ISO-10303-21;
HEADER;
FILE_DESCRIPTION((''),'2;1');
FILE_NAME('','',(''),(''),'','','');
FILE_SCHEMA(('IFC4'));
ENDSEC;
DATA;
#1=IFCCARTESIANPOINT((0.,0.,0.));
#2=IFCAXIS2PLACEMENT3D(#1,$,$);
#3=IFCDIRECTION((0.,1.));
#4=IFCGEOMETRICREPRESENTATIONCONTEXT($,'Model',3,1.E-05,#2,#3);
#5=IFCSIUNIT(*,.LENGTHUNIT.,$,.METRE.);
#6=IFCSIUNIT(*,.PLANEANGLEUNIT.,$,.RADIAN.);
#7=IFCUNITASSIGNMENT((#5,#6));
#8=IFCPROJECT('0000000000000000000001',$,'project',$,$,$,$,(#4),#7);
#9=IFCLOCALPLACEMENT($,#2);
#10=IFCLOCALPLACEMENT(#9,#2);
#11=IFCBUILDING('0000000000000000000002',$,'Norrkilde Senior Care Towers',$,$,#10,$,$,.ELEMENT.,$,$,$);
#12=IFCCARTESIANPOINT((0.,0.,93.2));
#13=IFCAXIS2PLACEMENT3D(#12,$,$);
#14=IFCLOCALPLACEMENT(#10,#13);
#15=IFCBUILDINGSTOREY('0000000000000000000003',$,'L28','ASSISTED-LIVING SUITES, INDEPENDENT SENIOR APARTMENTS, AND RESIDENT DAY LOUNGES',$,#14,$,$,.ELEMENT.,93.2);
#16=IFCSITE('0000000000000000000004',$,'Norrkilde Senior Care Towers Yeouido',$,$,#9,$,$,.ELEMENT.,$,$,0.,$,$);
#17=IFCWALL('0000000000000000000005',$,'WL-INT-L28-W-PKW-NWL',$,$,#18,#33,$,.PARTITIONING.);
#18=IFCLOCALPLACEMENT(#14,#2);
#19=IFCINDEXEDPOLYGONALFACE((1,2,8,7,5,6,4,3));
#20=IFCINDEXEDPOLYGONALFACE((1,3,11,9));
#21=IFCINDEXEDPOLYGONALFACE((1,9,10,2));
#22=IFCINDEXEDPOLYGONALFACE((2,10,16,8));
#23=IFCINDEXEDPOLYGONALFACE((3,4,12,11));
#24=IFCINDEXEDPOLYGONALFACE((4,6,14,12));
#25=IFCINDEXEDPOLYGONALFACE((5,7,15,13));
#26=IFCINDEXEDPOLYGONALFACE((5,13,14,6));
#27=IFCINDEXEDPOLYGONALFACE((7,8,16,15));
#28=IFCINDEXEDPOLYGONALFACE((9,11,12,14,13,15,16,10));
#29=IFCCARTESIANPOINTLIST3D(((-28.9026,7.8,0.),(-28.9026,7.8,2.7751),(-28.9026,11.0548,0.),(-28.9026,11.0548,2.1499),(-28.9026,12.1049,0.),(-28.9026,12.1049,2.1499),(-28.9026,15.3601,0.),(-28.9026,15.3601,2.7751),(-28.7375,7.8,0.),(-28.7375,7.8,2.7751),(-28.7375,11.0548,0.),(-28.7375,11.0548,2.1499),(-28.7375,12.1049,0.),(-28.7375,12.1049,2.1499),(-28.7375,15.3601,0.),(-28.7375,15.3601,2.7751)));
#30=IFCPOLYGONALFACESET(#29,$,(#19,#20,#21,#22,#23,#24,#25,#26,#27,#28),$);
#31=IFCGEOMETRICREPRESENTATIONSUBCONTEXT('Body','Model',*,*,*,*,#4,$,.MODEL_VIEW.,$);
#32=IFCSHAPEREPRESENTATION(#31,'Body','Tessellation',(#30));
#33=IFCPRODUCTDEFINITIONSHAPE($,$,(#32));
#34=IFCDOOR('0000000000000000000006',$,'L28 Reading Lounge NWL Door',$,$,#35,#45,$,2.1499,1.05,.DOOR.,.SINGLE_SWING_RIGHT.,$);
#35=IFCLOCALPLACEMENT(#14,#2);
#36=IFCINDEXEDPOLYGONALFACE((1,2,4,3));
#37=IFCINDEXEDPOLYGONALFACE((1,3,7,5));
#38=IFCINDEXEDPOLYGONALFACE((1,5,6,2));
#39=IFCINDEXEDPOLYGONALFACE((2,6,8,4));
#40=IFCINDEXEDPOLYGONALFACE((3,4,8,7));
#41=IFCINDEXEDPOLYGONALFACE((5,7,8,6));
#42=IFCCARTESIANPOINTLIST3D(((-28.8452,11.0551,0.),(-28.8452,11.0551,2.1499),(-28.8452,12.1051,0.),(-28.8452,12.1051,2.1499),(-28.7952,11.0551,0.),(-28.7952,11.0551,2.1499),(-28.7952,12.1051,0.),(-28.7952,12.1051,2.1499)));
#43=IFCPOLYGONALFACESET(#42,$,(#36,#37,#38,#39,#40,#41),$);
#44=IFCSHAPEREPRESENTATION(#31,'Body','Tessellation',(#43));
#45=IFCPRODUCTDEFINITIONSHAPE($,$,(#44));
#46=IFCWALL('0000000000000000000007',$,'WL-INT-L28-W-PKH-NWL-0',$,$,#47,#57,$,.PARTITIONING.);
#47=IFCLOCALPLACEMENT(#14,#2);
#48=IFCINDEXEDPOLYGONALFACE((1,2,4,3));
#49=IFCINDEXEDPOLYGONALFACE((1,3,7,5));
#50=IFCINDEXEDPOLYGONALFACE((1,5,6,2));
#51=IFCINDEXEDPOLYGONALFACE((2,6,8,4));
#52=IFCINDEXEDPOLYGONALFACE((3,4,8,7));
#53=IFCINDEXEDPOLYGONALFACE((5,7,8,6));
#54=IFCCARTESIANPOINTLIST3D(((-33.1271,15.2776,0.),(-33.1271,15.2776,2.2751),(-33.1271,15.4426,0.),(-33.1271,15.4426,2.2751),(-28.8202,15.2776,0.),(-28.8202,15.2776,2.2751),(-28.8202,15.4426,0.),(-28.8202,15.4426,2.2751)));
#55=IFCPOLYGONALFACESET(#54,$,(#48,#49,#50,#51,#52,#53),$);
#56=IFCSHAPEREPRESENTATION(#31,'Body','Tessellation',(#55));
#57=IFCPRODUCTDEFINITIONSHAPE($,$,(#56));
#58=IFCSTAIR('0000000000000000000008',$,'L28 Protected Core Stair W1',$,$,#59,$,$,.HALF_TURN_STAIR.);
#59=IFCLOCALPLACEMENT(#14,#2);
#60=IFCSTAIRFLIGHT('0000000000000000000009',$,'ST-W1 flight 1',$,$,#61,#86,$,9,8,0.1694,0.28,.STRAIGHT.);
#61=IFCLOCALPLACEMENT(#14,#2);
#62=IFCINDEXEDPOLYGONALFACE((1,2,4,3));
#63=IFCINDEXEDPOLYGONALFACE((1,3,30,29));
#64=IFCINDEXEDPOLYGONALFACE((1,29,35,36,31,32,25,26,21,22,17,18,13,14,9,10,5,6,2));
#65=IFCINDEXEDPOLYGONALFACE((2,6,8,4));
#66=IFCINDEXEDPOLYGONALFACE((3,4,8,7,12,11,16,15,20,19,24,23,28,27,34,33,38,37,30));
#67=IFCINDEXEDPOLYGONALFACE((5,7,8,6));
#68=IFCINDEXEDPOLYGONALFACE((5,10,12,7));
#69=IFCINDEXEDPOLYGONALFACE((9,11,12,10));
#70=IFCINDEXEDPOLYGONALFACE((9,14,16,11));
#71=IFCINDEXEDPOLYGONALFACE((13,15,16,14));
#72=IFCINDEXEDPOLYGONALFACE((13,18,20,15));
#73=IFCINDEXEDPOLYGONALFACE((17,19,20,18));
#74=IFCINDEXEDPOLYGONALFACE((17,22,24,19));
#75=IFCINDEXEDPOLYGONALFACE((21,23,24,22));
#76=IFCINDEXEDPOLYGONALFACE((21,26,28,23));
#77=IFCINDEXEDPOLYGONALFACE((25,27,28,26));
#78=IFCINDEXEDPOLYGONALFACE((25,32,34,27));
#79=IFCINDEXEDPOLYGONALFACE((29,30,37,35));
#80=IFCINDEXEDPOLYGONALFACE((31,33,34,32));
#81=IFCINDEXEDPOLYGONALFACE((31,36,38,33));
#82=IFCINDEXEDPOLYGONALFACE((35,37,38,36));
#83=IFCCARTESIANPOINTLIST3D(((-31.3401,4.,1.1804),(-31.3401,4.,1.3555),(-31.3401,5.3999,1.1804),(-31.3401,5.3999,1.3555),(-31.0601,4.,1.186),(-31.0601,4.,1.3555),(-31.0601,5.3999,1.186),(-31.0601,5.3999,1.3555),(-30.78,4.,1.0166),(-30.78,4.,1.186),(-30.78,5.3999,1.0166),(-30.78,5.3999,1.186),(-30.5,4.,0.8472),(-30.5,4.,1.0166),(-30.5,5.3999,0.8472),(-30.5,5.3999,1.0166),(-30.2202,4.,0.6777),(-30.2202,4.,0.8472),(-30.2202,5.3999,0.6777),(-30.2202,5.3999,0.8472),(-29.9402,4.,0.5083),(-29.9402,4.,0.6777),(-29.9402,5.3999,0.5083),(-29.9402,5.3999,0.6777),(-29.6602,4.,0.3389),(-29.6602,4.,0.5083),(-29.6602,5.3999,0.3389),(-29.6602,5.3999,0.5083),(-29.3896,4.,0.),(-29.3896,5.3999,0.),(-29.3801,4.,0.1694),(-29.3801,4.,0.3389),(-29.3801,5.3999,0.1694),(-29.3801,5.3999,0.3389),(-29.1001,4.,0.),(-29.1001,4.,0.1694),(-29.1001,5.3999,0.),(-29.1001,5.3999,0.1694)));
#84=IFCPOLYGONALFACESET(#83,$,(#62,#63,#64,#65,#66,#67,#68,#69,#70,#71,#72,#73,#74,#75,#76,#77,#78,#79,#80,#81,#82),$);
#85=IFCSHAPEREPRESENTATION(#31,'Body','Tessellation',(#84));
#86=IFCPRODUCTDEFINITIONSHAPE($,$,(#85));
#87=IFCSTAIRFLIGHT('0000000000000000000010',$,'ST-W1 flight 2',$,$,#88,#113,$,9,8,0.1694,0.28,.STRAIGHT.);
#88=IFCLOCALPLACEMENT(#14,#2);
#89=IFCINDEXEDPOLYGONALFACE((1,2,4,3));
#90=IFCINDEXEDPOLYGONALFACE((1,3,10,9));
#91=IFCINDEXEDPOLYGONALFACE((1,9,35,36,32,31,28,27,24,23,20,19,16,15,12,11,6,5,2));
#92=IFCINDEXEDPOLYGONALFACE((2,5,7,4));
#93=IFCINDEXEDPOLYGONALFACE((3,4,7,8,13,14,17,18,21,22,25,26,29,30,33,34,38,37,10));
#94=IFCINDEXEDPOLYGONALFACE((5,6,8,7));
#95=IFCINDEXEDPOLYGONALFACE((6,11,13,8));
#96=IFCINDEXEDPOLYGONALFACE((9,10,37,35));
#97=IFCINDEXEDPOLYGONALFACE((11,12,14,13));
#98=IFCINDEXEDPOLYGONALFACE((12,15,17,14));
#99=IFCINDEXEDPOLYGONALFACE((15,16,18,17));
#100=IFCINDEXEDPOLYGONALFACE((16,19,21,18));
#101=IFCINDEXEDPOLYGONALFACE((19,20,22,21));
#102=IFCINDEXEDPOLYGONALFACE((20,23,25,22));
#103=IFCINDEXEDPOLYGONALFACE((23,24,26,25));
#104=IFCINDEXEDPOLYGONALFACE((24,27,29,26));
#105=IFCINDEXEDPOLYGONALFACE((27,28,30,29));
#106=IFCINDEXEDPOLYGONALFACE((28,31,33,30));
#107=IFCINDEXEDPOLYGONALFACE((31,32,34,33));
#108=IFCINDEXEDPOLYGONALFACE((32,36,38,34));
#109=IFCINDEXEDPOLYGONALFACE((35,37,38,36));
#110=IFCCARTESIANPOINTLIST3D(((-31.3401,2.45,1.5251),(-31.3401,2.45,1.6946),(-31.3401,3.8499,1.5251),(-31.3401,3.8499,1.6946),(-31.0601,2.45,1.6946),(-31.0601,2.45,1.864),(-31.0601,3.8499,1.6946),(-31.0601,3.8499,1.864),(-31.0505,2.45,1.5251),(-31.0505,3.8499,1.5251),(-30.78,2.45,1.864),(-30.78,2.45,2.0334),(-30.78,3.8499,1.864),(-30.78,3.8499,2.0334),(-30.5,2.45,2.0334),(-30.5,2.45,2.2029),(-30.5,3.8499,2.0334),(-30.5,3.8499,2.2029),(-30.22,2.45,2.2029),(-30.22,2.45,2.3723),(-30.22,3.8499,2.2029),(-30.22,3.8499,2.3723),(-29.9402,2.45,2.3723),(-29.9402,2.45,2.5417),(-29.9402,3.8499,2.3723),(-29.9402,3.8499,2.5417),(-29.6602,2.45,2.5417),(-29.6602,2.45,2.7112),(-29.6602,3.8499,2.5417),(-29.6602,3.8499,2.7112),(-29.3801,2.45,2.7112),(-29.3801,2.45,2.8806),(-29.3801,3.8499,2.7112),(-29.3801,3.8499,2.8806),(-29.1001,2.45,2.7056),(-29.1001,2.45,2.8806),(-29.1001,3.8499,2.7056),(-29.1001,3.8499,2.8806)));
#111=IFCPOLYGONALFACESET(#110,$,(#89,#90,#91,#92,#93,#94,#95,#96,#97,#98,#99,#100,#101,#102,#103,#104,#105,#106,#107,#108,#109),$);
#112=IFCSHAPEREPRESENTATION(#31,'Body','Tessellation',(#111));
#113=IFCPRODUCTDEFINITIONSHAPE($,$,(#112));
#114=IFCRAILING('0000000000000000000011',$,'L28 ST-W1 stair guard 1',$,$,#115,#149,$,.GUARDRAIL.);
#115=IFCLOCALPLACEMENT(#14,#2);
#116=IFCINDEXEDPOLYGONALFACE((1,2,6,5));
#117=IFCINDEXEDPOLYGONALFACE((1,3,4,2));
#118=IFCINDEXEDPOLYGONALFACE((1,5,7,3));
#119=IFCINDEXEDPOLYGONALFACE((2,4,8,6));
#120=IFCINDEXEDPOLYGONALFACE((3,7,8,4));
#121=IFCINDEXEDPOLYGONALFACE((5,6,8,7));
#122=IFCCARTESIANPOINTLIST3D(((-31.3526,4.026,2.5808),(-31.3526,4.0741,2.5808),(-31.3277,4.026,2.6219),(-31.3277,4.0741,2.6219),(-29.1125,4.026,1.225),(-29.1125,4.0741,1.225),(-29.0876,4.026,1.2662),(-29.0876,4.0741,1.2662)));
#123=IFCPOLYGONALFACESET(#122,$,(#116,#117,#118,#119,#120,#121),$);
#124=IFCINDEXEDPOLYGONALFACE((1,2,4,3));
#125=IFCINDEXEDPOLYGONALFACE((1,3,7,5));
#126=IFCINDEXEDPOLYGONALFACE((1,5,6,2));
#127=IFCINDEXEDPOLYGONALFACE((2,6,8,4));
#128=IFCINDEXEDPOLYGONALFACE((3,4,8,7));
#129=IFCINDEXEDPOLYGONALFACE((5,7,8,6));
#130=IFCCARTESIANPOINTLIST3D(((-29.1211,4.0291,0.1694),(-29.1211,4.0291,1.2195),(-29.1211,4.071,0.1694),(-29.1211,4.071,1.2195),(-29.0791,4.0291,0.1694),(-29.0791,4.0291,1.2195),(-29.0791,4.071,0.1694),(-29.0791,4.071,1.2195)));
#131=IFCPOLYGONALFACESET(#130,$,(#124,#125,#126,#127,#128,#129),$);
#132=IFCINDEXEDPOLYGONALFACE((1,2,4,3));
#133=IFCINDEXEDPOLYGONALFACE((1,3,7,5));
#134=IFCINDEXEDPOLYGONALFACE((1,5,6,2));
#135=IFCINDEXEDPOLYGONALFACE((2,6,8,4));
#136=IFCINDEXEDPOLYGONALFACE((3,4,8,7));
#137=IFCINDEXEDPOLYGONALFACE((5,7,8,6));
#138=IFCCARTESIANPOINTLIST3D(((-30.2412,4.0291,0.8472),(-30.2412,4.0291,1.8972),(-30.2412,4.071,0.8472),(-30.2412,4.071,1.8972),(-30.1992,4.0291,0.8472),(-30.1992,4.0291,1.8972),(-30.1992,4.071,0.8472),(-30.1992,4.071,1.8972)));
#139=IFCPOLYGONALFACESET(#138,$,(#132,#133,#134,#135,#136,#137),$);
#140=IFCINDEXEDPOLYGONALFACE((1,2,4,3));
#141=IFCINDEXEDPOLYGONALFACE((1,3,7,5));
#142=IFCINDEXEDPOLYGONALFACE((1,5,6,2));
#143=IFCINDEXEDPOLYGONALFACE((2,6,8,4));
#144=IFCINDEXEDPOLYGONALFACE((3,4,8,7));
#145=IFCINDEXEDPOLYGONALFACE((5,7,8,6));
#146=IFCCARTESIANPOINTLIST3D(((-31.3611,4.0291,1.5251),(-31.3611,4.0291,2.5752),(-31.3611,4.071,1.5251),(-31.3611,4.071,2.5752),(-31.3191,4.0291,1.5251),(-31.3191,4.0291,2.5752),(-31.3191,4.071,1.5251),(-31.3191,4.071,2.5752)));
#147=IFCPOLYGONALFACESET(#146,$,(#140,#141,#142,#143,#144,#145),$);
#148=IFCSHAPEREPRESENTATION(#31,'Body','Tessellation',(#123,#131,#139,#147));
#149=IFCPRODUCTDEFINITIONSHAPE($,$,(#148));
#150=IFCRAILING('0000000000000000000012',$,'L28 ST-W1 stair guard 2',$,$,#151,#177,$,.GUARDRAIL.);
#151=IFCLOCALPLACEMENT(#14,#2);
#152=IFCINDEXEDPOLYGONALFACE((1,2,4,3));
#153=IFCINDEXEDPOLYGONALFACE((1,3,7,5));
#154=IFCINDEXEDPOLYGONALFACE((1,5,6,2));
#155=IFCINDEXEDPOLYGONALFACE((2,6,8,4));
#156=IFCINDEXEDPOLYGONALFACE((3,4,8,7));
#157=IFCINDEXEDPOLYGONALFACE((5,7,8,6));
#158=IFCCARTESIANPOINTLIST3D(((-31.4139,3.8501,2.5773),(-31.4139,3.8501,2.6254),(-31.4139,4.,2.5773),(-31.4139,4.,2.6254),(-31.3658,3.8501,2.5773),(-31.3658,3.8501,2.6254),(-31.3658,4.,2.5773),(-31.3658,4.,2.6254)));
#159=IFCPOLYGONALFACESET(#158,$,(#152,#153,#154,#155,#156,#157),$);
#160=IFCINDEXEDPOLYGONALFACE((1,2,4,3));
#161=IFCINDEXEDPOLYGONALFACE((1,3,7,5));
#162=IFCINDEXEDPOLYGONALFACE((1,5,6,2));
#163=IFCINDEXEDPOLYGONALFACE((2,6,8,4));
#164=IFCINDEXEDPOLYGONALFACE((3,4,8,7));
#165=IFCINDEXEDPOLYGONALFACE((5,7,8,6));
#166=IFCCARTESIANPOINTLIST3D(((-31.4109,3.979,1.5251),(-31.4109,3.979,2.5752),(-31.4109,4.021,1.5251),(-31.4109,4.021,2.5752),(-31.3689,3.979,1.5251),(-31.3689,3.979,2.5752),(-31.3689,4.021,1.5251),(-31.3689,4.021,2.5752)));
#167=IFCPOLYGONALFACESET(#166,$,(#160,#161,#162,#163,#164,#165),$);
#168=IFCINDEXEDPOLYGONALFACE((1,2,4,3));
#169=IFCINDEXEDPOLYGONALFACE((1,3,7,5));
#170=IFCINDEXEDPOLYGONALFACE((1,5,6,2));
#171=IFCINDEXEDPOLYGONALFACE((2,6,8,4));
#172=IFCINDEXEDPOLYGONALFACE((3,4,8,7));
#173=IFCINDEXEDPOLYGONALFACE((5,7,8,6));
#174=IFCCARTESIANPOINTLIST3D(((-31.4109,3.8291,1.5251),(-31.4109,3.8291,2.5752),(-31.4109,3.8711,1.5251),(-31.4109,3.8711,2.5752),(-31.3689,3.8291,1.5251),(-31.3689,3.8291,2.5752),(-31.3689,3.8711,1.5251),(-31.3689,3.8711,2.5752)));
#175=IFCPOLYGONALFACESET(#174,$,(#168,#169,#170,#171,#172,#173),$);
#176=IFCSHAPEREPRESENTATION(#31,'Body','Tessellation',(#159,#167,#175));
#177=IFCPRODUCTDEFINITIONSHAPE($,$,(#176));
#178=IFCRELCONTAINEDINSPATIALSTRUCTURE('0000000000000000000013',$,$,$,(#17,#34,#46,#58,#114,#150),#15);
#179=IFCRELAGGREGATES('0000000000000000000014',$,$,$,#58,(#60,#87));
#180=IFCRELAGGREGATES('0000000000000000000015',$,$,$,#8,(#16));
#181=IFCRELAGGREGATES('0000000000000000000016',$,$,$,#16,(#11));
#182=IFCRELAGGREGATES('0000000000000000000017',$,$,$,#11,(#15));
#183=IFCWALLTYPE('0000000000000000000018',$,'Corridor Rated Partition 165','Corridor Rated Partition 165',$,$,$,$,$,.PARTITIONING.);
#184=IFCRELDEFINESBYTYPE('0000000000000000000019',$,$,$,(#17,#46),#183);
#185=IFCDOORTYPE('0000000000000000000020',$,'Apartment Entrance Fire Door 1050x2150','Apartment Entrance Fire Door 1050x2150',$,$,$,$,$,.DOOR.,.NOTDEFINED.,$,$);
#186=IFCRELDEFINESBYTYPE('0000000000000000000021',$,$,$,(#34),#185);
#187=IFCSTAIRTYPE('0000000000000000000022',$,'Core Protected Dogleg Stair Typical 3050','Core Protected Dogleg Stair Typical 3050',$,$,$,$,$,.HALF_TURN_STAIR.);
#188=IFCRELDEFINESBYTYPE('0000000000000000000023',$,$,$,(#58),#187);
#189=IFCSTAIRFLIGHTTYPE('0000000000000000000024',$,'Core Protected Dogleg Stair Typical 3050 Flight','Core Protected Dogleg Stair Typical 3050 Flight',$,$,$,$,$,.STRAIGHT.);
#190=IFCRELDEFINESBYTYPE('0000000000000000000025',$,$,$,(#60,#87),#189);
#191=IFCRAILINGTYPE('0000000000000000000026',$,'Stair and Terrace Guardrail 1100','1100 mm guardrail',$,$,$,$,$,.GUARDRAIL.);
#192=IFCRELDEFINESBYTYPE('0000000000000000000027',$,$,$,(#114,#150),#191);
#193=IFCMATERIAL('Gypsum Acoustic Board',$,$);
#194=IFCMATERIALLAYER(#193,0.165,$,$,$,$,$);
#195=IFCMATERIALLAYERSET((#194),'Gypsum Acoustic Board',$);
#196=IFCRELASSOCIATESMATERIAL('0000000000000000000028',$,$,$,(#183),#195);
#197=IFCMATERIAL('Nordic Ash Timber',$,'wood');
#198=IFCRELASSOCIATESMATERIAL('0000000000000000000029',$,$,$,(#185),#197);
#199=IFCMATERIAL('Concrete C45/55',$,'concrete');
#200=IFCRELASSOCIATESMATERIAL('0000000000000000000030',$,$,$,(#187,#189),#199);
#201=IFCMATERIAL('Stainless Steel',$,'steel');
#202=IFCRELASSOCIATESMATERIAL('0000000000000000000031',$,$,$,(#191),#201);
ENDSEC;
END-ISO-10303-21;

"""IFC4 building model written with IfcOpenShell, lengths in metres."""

from ifc_helpers import new_model, si_unit, direction, frame, frame_2d, origin, origin_2d, place, context, subcontext, project, spatial, polyline, rectangle, outline, extrude, source, transform, mapped, material, layer, layer_set, type_object, type_shapes, element, fill, aggregate, save


model = new_model("IFC4")

# Units and contexts
model_context = context("Model", 3, precision=1e-05, world=origin(), true_north=direction((0.0, 1.0)))
body_context = subcontext(model_context, "Body", "Model", "MODEL_VIEW")
ifc_project = project(units=[si_unit("LENGTHUNIT", "METRE"), si_unit("PLANEANGLEUNIT", "RADIAN")], contexts=[model_context])

# Site, building, storey
site_placement = place(None, origin())
site = spatial("IfcSite", under=ifc_project, at=site_placement, Name="Norrkilde Senior Care Towers Yeouido", CompositionType="ELEMENT", RefElevation=0.0)
building_placement = place(site_placement, origin())
building = spatial("IfcBuilding", under=site, at=building_placement, Name="Norrkilde Senior Care Towers", CompositionType="ELEMENT")
storey_placement = place(building_placement, frame((0.0, 0.0, 93.2)))
storey = spatial("IfcBuildingStorey", under=building, at=storey_placement, Name="L28", Description="ASSISTED-LIVING SUITES, INDEPENDENT SENIOR APARTMENTS, AND RESIDENT DAY LOUNGES", CompositionType="ELEMENT", Elevation=93.2)

# Shared definitions
ifc_material_1 = material(Name="Concrete C45/55", Category="concrete")

# Shared definitions
ifc_material_2 = material(Name="Gypsum Acoustic Board")
ifc_layer_1 = layer(ifc_material_2, 0.165)
ifc_layer_set_1 = layer_set([ifc_layer_1], Name="Gypsum Acoustic Board")
wall_type_1 = type_object("IfcWallType", Name="Corridor Rated Partition 165", Description="Corridor Rated Partition 165", PredefinedType="PARTITIONING", material=ifc_layer_set_1)

# Wall, opening, door
shared_shape_1 = source(origin(), body_context, "Body", "SweptSolid", [
    extrude(rectangle(XDim=7.5601, YDim=0.165, at=frame_2d((3.78, 0.0))), origin(), (0.0, 0.0, 1.0), 2.7751),
])
wall_1_placement = place(storey_placement, frame((-28.8201, 7.8, 0.0), z_axis=(0.0, 0.0, 1.0), x_axis=(0.0, 1.0, 0.0)))
wall_1 = element("IfcWall", 1, at=wall_1_placement, inside=storey, type_object=wall_type_1, Name="WL-INT-L28-W-PKW-NWL", PredefinedType="PARTITIONING", context=body_context, shape_type="MappedRepresentation", body=[
    mapped(shared_shape_1, transform((0.0, 0.0, 0.0), x_axis=(1.0, 0.0, 0.0), y_axis=(0.0, 1.0, 0.0), z_axis=(0.0, 0.0, 1.0), scale=1.0)),
])
opening_1_placement = place(wall_1_placement, frame((3.2549, 0.0, 0.0)))
opening_1 = element("IfcOpeningElement", 2, at=opening_1_placement, cuts=wall_1, PredefinedType="OPENING", context=body_context, shape_type="SweptSolid", body=[
    extrude(rectangle(XDim=1.05, YDim=2.1499, at=frame_2d((0.5249, 1.075))), frame((0.0, 0.0925, 0.0), z_axis=(0.0, -1.0, 0.0), x_axis=(1.0, 0.0, 0.0)), (0.0, 0.0, 1.0), 0.1851),
])
ifc_material_3 = material(Name="Nordic Ash Timber", Category="wood")
door_type_1 = type_object("IfcDoorType", Name="Apartment Entrance Fire Door 1050x2150", Description="Apartment Entrance Fire Door 1050x2150", OperationType="NOTDEFINED", PredefinedType="DOOR", material=ifc_material_3)
shared_shape_2 = source(origin(), body_context, "Body", "SweptSolid", [
    extrude(rectangle(XDim=1.05, YDim=2.1499, at=frame_2d((0.5249, 1.075))), frame((0.0, 0.0249, 0.0), z_axis=(0.0, -1.0, 0.0), x_axis=(1.0, 0.0, 0.0)), (0.0, 0.0, 1.0), 0.05),
])
type_shapes(door_type_1, [shared_shape_2])
door_1_placement = place(opening_1_placement, frame((1.05, 0.0, 0.0), z_axis=(0.0, 0.0, 1.0), x_axis=(-1.0, 0.0, 0.0)))
door_1 = element("IfcDoor", 3, at=door_1_placement, inside=storey, type_object=door_type_1, Name="L28 Reading Lounge NWL Door", OperationType="SINGLE_SWING_RIGHT", OverallHeight=2.1499, OverallWidth=1.05, PredefinedType="DOOR", context=body_context, shape_type="MappedRepresentation", body=[
    mapped(shared_shape_2, transform((0.0, 0.0, 0.0), x_axis=(1.0, 0.0, 0.0), y_axis=(0.0, 1.0, 0.0), z_axis=(0.0, 0.0, 1.0), scale=1.0)),
])
fill(opening_1, door_1)

# Wall
shared_shape_3 = source(origin(), body_context, "Body", "SweptSolid", [
    extrude(rectangle(XDim=4.3069, YDim=0.165, at=frame_2d((2.1533, 0.0))), origin(), (0.0, 0.0, 1.0), 2.2751),
])
wall_2_placement = place(storey_placement, frame((-33.127, 15.3601, 0.0), z_axis=(0.0, 0.0, 1.0), x_axis=(1.0, 0.0, 0.0)))
element("IfcWall", 4, at=wall_2_placement, inside=storey, type_object=wall_type_1, Name="WL-INT-L28-W-PKH-NWL-0", PredefinedType="PARTITIONING", context=body_context, shape_type="MappedRepresentation", body=[
    mapped(shared_shape_3, transform((0.0, 0.0, 0.0), x_axis=(1.0, 0.0, 0.0), y_axis=(0.0, 1.0, 0.0), z_axis=(0.0, 0.0, 1.0), scale=1.0)),
])

# Stair, stair flights
stair_type = type_object("IfcStairType", Name="Core Protected Dogleg Stair Typical 3050", Description="Core Protected Dogleg Stair Typical 3050", PredefinedType="HALF_TURN_STAIR", material=ifc_material_1)
stair_placement = place(storey_placement, origin())
stair = element("IfcStair", 5, at=stair_placement, inside=storey, type_object=stair_type, Name="L28 Protected Core Stair W1", PredefinedType="HALF_TURN_STAIR")
stair_flight_type = type_object("IfcStairFlightType", Name="Core Protected Dogleg Stair Typical 3050 Flight", Description="Core Protected Dogleg Stair Typical 3050 Flight", PredefinedType="STRAIGHT", material=ifc_material_1)
stair_flight_1_placement = place(storey_placement, frame((-29.1001, 4.7, 0.0), z_axis=(0.0, 0.0, 1.0), x_axis=(-1.0, 0.0, 0.0)))
stair_flight_1 = element("IfcStairFlight", 6, at=stair_flight_1_placement, type_object=stair_flight_type, Name="ST-W1 flight 1", NumberOfRisers=9, NumberOfTreads=8, PredefinedType="STRAIGHT", RiserHeight=0.1694, TreadLength=0.28, context=body_context, shape_type="SweptSolid", body=[
    extrude(outline(polyline([(0.0, 0.0), (0.0, 0.1694), (0.28, 0.1694), (0.28, 0.3389), (0.5601, 0.3389), (0.5601, 0.5083), (0.8401, 0.5083), (0.8401, 0.6777), (1.1201, 0.6777), (1.1201, 0.8472), (1.3999, 0.8472), (1.3999, 1.0166), (1.6799, 1.0166), (1.6799, 1.186), (1.96, 1.186), (1.96, 1.3555), (2.24, 1.3555), (2.24, 1.5249), (2.24, 1.1804), (0.2896, 0.0), (0.0, 0.0)])), frame((0.0, 0.7, 0.0), z_axis=(0.0, -1.0, 0.0), x_axis=(1.0, 0.0, 0.0)), (0.0, 0.0, 1.0), 1.3999),
])
stair_flight_2_placement = place(storey_placement, frame((-31.3401, 3.1499, 1.5251), z_axis=(0.0, 0.0, 1.0), x_axis=(1.0, 0.0, 0.0)))
stair_flight_2 = element("IfcStairFlight", 7, at=stair_flight_2_placement, type_object=stair_flight_type, Name="ST-W1 flight 2", NumberOfRisers=9, NumberOfTreads=8, PredefinedType="STRAIGHT", RiserHeight=0.1694, TreadLength=0.28, context=body_context, shape_type="SweptSolid", body=[
    extrude(outline(polyline([(0.0, 0.0), (0.0, 0.1694), (0.28, 0.1694), (0.28, 0.3389), (0.5601, 0.3389), (0.5601, 0.5083), (0.8401, 0.5083), (0.8401, 0.6777), (1.1201, 0.6777), (1.1201, 0.8472), (1.3999, 0.8472), (1.3999, 1.0166), (1.6799, 1.0166), (1.6799, 1.186), (1.96, 1.186), (1.96, 1.3555), (2.24, 1.3555), (2.24, 1.5249), (2.24, 1.1804), (0.2896, 0.0), (0.0, 0.0)])), frame((0.0, 0.7, 0.0), z_axis=(0.0, -1.0, 0.0), x_axis=(1.0, 0.0, 0.0)), (0.0, 0.0, 1.0), 1.3999),
])
aggregate(stair, [stair_flight_1, stair_flight_2])

# Railings
ifc_material_4 = material(Name="Stainless Steel", Category="steel")
railing_type_1 = type_object("IfcRailingType", Name="Stair and Terrace Guardrail 1100", Description="1100 mm guardrail", PredefinedType="GUARDRAIL", material=ifc_material_4)
railing_1_placement = place(storey_placement, frame((-29.1001, 4.05, 0.1694)))
element("IfcRailing", 8, at=railing_1_placement, inside=storey, type_object=railing_type_1, Name="L28 ST-W1 stair guard 1", PredefinedType="GUARDRAIL", context=body_context, shape_type="SweptSolid", body=[
    extrude(rectangle(XDim=0.0481, YDim=0.0481, at=origin_2d()), frame((0.0, 0.0, 1.0762), z_axis=(-0.855512, 0.0, 0.517783), x_axis=(0.0, -1.0, 0.0)), (0.0, 0.0, 1.0), 2.6184),
    extrude(rectangle(XDim=0.042, YDim=0.042, at=origin_2d()), origin(), (0.0, 0.0, 1.0), 1.05),
    extrude(rectangle(XDim=0.042, YDim=0.042, at=origin_2d()), frame((-1.1201, 0.0, 0.6777)), (0.0, 0.0, 1.0), 1.05),
    extrude(rectangle(XDim=0.042, YDim=0.042, at=origin_2d()), frame((-2.24, 0.0, 1.3557)), (0.0, 0.0, 1.0), 1.05),
])
railing_2_placement = place(storey_placement, frame((-31.3899, 4.0, 1.5251)))
element("IfcRailing", 9, at=railing_2_placement, inside=storey, type_object=railing_type_1, Name="L28 ST-W1 stair guard 2", PredefinedType="GUARDRAIL", context=body_context, shape_type="SweptSolid", body=[
    extrude(rectangle(XDim=0.0481, YDim=0.0481, at=origin_2d()), frame((0.0, 0.0, 1.0762), z_axis=(0.0, -1.0, 0.0), x_axis=(1.0, 0.0, 0.0)), (0.0, 0.0, 1.0), 0.1499),
    extrude(rectangle(XDim=0.042, YDim=0.042, at=origin_2d()), origin(), (0.0, 0.0, 1.0), 1.05),
    extrude(rectangle(XDim=0.042, YDim=0.042, at=origin_2d()), frame((0.0, -0.1499, 0.0)), (0.0, 0.0, 1.0), 1.05),
])

save(model, "model.ifc")
